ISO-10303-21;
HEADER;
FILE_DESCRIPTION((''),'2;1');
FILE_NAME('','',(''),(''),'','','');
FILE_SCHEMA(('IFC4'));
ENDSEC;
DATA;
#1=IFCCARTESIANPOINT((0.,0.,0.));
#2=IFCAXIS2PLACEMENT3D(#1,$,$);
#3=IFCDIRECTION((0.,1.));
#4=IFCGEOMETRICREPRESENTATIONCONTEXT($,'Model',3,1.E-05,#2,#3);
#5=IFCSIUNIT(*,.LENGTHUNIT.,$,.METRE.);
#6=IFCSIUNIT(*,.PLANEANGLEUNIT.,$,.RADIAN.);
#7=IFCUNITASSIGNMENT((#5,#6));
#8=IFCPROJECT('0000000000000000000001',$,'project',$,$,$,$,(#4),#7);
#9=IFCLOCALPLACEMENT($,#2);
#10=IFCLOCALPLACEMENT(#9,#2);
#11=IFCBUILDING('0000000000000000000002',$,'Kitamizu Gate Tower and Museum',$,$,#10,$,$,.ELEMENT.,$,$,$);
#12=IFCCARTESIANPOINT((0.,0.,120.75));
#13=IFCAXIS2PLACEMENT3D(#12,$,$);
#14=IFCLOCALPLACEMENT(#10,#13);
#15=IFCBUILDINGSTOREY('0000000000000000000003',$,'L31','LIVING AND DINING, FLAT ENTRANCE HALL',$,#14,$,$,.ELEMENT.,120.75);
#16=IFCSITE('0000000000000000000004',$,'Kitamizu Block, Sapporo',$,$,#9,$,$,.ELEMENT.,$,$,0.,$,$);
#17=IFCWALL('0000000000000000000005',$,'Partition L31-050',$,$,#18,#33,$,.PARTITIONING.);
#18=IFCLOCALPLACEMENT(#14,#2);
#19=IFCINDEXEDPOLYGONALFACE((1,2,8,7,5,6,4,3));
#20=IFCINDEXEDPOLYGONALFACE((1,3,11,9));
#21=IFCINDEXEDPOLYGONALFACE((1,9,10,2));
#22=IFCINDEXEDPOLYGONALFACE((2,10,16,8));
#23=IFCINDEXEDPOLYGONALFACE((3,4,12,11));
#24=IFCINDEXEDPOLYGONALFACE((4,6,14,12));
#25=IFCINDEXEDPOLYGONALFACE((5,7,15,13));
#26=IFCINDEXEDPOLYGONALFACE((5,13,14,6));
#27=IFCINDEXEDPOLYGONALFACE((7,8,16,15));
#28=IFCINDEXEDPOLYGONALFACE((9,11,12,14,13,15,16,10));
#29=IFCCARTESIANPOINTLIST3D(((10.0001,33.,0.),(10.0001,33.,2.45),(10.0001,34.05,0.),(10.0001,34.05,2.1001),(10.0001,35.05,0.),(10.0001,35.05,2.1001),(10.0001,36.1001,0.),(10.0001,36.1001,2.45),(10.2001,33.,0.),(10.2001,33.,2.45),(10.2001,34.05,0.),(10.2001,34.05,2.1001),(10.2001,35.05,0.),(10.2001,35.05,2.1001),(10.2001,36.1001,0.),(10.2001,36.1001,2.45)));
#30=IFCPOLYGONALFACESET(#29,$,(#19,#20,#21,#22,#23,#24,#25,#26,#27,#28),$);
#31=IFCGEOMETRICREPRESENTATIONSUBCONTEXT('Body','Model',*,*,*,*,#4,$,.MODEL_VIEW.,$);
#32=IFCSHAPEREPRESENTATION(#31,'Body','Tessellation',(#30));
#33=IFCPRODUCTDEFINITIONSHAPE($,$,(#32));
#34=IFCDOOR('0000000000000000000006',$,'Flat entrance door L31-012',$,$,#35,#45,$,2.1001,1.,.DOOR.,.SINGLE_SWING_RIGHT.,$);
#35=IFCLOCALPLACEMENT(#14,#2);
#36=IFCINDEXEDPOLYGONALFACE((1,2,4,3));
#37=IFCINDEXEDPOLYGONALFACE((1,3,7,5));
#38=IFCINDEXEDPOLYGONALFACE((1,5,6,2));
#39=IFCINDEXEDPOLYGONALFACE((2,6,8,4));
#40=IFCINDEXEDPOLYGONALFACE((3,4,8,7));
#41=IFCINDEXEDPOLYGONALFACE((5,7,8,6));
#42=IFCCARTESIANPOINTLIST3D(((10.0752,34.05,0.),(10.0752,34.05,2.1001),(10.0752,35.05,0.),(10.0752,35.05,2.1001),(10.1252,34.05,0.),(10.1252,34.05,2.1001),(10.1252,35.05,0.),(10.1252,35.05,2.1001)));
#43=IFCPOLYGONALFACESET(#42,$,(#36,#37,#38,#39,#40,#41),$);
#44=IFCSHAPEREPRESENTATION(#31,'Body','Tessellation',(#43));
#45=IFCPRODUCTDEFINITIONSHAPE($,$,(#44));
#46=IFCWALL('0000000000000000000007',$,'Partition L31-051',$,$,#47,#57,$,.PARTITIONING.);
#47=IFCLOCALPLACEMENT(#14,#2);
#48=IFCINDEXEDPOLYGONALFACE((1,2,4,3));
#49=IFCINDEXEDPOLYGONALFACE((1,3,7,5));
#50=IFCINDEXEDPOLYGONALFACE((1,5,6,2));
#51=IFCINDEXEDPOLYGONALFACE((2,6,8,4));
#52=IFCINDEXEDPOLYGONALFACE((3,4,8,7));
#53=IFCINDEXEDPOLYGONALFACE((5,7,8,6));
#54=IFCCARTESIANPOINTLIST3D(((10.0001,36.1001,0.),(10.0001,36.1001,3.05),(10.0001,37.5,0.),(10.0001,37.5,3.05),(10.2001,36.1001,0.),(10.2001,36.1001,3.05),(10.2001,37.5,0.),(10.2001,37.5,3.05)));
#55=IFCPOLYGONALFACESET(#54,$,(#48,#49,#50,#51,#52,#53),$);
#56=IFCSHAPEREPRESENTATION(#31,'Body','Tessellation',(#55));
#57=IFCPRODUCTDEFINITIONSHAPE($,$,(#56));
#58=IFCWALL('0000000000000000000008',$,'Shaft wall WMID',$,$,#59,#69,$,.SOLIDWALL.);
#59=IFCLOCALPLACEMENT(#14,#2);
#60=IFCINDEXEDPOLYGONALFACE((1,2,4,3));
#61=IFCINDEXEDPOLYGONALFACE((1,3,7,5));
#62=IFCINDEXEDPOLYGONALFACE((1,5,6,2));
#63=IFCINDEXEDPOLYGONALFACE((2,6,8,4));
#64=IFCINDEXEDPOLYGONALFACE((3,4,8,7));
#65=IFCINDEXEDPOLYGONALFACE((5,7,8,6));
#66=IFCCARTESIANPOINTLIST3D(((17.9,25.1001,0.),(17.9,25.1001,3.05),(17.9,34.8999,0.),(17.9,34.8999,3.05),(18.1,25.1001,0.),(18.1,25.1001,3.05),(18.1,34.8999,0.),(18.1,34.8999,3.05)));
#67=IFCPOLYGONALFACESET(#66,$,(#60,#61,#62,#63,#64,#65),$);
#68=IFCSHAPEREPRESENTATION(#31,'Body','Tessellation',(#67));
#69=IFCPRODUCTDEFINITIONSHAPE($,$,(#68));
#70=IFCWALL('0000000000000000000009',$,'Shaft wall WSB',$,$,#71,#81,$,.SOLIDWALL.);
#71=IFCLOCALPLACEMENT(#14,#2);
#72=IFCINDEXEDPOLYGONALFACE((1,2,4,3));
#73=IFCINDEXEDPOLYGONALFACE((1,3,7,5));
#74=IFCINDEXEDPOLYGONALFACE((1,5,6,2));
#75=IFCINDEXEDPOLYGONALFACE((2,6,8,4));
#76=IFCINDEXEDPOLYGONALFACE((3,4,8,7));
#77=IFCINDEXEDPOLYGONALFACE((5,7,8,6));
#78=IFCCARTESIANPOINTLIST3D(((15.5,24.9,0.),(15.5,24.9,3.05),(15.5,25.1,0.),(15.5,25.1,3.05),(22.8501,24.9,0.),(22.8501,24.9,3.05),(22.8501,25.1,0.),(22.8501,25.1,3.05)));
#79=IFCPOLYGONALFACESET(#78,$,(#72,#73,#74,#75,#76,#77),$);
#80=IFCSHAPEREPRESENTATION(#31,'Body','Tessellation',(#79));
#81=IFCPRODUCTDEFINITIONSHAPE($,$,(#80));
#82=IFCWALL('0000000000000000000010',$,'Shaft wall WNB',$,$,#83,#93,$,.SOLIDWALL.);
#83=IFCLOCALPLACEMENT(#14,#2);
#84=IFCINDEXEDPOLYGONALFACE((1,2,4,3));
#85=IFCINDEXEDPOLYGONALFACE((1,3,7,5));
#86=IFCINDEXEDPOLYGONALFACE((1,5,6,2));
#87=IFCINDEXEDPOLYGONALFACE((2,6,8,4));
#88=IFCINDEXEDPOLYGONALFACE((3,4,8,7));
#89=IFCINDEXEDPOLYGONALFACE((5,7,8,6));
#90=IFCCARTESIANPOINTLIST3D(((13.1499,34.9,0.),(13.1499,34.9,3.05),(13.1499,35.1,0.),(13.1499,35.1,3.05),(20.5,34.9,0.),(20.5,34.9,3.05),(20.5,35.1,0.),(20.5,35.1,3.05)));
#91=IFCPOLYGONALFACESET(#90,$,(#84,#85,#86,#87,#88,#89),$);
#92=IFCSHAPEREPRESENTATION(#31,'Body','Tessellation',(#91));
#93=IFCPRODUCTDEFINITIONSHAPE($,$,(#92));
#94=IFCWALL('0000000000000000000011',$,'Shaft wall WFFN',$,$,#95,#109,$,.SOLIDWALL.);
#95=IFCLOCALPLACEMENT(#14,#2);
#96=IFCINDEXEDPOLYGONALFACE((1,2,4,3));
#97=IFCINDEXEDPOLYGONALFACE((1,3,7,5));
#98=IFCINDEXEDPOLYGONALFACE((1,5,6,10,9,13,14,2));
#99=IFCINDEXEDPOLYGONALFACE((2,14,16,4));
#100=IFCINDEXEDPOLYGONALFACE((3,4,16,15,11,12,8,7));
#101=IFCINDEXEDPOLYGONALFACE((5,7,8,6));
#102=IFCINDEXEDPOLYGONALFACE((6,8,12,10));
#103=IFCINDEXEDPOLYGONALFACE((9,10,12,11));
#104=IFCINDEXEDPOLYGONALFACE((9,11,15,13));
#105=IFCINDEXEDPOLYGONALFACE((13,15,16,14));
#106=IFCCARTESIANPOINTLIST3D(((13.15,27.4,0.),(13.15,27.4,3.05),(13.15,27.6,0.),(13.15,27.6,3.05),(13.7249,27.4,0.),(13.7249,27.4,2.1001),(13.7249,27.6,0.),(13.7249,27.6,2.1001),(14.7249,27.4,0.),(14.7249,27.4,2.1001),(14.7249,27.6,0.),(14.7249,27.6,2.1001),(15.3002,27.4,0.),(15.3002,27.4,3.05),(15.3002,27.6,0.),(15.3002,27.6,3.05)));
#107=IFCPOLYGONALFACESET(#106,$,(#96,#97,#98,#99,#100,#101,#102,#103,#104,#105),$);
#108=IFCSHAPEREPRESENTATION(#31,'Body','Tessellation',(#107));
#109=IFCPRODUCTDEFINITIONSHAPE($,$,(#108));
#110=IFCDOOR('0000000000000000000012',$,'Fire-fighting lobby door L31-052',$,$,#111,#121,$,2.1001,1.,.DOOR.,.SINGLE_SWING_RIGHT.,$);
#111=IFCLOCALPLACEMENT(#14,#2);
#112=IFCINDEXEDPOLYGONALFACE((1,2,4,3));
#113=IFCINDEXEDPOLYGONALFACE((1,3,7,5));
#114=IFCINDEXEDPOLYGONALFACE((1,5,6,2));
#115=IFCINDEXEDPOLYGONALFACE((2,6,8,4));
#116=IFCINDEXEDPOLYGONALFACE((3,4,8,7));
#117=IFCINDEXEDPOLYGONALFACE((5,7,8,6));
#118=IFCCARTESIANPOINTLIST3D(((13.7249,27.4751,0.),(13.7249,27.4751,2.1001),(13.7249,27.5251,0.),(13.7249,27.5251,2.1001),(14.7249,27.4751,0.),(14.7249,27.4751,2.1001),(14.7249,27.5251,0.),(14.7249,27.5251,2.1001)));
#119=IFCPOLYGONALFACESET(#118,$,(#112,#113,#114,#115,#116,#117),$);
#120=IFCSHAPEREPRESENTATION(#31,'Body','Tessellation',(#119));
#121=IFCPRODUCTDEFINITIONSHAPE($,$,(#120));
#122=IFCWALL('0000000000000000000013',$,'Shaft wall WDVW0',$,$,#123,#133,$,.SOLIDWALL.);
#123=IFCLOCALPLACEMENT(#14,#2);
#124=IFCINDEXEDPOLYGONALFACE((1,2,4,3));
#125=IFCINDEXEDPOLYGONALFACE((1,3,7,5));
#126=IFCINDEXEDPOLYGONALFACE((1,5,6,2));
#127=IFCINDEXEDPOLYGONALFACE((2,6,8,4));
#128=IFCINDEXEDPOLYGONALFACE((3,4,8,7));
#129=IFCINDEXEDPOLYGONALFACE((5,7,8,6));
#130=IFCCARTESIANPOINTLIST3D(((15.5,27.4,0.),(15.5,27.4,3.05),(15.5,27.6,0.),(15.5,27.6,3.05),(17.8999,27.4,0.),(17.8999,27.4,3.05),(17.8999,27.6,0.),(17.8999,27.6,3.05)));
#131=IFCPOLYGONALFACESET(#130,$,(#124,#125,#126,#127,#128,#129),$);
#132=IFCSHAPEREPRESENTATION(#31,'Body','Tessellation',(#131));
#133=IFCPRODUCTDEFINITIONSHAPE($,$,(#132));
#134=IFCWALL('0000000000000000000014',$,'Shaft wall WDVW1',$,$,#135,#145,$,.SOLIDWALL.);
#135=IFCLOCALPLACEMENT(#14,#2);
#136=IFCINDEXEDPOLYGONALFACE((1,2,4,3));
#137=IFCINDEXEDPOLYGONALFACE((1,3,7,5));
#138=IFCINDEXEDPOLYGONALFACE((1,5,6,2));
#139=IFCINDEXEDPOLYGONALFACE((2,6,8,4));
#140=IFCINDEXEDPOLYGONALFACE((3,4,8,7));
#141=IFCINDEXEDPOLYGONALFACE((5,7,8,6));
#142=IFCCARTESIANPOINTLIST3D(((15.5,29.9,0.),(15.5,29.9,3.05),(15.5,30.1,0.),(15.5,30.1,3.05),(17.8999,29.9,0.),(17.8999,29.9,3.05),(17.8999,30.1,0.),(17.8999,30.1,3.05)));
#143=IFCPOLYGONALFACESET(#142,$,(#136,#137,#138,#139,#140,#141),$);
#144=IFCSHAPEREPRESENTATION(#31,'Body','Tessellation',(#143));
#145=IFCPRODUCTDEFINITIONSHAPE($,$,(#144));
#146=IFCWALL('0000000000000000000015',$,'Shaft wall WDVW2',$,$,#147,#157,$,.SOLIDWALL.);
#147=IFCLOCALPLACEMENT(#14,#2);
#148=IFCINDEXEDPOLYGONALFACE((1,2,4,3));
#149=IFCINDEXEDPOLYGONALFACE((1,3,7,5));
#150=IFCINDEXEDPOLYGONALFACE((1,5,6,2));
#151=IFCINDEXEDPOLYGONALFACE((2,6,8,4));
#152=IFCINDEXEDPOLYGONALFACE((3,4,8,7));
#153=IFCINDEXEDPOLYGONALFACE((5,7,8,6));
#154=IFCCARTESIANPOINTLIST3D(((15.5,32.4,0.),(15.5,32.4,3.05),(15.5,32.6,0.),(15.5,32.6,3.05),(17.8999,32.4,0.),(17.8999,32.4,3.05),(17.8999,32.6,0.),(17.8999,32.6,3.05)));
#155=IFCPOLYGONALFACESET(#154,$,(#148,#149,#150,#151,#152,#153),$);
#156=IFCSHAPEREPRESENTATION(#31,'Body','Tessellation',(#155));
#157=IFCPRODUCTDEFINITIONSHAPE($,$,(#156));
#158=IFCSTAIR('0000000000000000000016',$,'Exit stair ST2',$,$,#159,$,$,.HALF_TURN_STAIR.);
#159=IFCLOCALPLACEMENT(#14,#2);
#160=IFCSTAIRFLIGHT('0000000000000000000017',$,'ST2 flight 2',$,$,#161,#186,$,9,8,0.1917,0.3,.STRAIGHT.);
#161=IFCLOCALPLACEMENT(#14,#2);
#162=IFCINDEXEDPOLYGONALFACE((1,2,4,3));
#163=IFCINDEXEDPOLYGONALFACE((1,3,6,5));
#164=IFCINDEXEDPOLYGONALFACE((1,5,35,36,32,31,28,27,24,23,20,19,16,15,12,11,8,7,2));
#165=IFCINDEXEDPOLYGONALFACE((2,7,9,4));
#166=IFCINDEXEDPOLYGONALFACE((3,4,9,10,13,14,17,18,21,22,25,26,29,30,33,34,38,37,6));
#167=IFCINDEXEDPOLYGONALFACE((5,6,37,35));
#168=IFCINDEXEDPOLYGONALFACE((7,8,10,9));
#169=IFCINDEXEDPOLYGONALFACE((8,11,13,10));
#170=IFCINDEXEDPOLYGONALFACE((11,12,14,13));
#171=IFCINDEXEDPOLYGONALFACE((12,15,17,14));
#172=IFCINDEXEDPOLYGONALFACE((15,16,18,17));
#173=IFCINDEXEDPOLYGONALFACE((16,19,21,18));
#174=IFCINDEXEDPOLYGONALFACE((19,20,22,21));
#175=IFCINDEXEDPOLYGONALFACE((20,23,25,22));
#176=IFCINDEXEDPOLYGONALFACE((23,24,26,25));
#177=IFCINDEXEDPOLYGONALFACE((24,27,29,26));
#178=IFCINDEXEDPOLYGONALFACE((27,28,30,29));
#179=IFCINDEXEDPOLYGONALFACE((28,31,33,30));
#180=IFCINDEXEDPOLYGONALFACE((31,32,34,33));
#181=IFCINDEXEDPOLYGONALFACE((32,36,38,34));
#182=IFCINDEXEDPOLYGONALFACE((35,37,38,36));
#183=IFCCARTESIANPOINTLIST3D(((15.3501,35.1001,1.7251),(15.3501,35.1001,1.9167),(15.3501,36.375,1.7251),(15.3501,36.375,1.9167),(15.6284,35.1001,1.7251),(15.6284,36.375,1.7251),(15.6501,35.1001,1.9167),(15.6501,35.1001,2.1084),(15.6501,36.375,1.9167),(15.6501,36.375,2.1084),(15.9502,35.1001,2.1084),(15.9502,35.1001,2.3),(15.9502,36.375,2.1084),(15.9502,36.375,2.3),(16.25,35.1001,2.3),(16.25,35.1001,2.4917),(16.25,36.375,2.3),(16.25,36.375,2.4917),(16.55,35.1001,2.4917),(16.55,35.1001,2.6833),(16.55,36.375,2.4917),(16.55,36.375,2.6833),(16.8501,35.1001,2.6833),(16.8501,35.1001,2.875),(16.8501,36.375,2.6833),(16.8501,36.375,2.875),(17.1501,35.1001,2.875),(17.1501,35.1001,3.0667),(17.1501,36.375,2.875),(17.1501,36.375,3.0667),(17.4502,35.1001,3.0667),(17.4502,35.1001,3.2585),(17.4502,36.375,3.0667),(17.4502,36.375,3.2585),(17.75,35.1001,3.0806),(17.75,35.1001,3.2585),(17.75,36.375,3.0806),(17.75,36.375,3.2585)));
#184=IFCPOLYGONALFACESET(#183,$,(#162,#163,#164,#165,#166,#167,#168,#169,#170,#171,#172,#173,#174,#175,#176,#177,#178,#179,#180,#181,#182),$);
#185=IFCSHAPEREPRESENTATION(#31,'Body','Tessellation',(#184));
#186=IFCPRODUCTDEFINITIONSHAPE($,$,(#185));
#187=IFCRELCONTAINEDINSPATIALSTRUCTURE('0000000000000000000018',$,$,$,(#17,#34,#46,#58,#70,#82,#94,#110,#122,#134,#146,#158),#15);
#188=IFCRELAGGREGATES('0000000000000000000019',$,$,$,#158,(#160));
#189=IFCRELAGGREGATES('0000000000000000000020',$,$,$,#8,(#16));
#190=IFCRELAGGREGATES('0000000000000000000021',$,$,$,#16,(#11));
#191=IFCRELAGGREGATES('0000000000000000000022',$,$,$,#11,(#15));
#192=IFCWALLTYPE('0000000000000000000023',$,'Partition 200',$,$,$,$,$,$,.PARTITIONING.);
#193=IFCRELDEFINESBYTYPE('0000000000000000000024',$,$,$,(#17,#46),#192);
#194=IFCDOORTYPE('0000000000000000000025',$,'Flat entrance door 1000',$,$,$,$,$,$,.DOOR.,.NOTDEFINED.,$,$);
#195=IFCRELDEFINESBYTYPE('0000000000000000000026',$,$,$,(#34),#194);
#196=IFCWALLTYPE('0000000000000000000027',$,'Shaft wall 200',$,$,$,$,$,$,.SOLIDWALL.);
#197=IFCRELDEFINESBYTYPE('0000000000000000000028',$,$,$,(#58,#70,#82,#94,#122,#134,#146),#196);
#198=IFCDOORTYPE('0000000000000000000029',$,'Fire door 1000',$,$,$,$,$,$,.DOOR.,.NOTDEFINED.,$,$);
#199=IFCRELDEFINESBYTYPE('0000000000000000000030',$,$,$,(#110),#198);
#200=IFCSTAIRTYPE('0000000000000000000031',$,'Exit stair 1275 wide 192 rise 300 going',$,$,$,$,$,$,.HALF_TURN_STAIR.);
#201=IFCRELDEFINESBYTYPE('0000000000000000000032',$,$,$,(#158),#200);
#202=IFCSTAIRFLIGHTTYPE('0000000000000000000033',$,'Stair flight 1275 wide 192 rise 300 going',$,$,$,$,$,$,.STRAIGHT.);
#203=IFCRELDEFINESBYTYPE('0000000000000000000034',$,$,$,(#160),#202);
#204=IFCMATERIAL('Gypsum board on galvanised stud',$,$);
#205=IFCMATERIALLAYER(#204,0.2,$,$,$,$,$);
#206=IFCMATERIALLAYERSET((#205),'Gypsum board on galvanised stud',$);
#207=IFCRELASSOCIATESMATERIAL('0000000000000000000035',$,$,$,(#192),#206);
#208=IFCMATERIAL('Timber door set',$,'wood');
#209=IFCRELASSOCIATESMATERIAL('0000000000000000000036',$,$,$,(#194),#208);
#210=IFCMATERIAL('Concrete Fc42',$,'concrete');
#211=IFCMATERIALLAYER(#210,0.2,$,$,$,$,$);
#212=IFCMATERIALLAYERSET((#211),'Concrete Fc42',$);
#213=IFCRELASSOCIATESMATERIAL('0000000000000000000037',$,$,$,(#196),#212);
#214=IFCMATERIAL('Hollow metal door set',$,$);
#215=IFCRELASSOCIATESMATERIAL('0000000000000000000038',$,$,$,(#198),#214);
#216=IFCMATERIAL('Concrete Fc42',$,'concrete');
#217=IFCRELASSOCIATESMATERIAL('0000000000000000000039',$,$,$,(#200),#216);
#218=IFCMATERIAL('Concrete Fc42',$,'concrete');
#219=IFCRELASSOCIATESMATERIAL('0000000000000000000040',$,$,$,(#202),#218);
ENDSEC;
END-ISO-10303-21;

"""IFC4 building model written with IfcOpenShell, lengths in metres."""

from ifc_helpers import new_model, si_unit, direction, frame, frame_2d, origin, place, context, subcontext, project, spatial, polyline, rectangle, outline, extrude, material, layer, layer_set, type_object, element, fill, aggregate, save


model = new_model("IFC4")

# Units and contexts
model_context = context("Model", 3, precision=1e-05, world=origin(), true_north=direction((0.0, 1.0)))
body_context = subcontext(model_context, "Body", "Model", "MODEL_VIEW")
ifc_project = project(units=[si_unit("LENGTHUNIT", "METRE"), si_unit("PLANEANGLEUNIT", "RADIAN")], contexts=[model_context])

# Site, building, storey
site_placement = place(None, origin())
site = spatial("IfcSite", under=ifc_project, at=site_placement, Name="Kitamizu Block, Sapporo", CompositionType="ELEMENT", RefElevation=0.0)
building_placement = place(site_placement, origin())
building = spatial("IfcBuilding", under=site, at=building_placement, Name="Kitamizu Gate Tower and Museum", CompositionType="ELEMENT")
storey_placement = place(building_placement, frame((0.0, 0.0, 120.75)))
storey = spatial("IfcBuildingStorey", under=building, at=storey_placement, Name="L31", Description="LIVING AND DINING, FLAT ENTRANCE HALL", CompositionType="ELEMENT", Elevation=120.75)

# Wall, opening, door
ifc_material_1 = material(Name="Gypsum board on galvanised stud")
ifc_layer_1 = layer(ifc_material_1, 0.2)
ifc_layer_set_1 = layer_set([ifc_layer_1], Name="Gypsum board on galvanised stud")
wall_type_1 = type_object("IfcWallType", Name="Partition 200", PredefinedType="PARTITIONING", material=ifc_layer_set_1)
wall_1_placement = place(storey_placement, frame((10.1001, 33.0, 0.0), z_axis=(0.0, 0.0, 1.0), x_axis=(0.0, 1.0, 0.0)))
wall_1 = element("IfcWall", 1, at=wall_1_placement, inside=storey, type_object=wall_type_1, Name="Partition L31-050", PredefinedType="PARTITIONING", context=body_context, shape_type="SweptSolid", body=[
    extrude(rectangle(XDim=3.1001, YDim=0.2, at=frame_2d((1.55, 0.0))), origin(), (0.0, 0.0, 1.0), 2.45),
])
opening_1_placement = place(wall_1_placement, frame((1.05, 0.0, 0.0)))
opening_1 = element("IfcOpeningElement", 2, at=opening_1_placement, cuts=wall_1, PredefinedType="OPENING", context=body_context, shape_type="SweptSolid", body=[
    extrude(rectangle(XDim=1.0, YDim=2.1001, at=frame_2d((0.5, 1.05))), frame((0.0, 0.1099, 0.0), z_axis=(0.0, -1.0, 0.0), x_axis=(1.0, 0.0, 0.0)), (0.0, 0.0, 1.0), 0.22),
])
ifc_material_2 = material(Name="Timber door set", Category="wood")
door_type_1 = type_object("IfcDoorType", Name="Flat entrance door 1000", OperationType="NOTDEFINED", PredefinedType="DOOR", material=ifc_material_2)
door_1_placement = place(opening_1_placement, origin())
door_1 = element("IfcDoor", 3, at=door_1_placement, inside=storey, type_object=door_type_1, Name="Flat entrance door L31-012", OperationType="SINGLE_SWING_RIGHT", OverallHeight=2.1001, OverallWidth=1.0, PredefinedType="DOOR", context=body_context, shape_type="SweptSolid", body=[
    extrude(rectangle(XDim=1.0, YDim=2.1001, at=frame_2d((0.5, 1.05))), frame((0.0, 0.0249, 0.0), z_axis=(0.0, -1.0, 0.0), x_axis=(1.0, 0.0, 0.0)), (0.0, 0.0, 1.0), 0.05),
])
fill(opening_1, door_1)

# Walls
wall_2_placement = place(storey_placement, frame((10.1001, 36.1001, 0.0), z_axis=(0.0, 0.0, 1.0), x_axis=(0.0, 1.0, 0.0)))
element("IfcWall", 4, at=wall_2_placement, inside=storey, type_object=wall_type_1, Name="Partition L31-051", PredefinedType="PARTITIONING", context=body_context, shape_type="SweptSolid", body=[
    extrude(rectangle(XDim=1.3999, YDim=0.2, at=frame_2d((0.7, 0.0))), origin(), (0.0, 0.0, 1.0), 3.05),
])
ifc_material_3 = material(Name="Concrete Fc42", Category="concrete")
ifc_layer_2 = layer(ifc_material_3, 0.2)
ifc_layer_set_2 = layer_set([ifc_layer_2], Name="Concrete Fc42")
wall_type_2 = type_object("IfcWallType", Name="Shaft wall 200", PredefinedType="SOLIDWALL", material=ifc_layer_set_2)
wall_3_placement = place(storey_placement, frame((18.0, 25.1001, 0.0), z_axis=(0.0, 0.0, 1.0), x_axis=(0.0, 1.0, 0.0)))
element("IfcWall", 5, at=wall_3_placement, inside=storey, type_object=wall_type_2, Name="Shaft wall WMID", PredefinedType="SOLIDWALL", context=body_context, shape_type="SweptSolid", body=[
    extrude(rectangle(XDim=9.7998, YDim=0.2, at=frame_2d((4.8999, 0.0))), origin(), (0.0, 0.0, 1.0), 3.05),
])
for number, where, z_axis, x_axis, name in (
    (6, (15.5, 25.0, 0.0), (0.0, 0.0, 1.0), (1.0, 0.0, 0.0), "Shaft wall WSB"),
    (7, (13.1499, 35.0, 0.0), (0.0, 0.0, 1.0), (1.0, 0.0, 0.0), "Shaft wall WNB"),
):
    element("IfcWall", number, at=place(storey_placement, frame(where, z_axis=z_axis, x_axis=x_axis)), inside=storey, type_object=wall_type_2, Name=name, PredefinedType="SOLIDWALL", context=body_context, shape_type="SweptSolid", body=[
        extrude(rectangle(XDim=7.3501, YDim=0.2, at=frame_2d((3.675, 0.0))), origin(), (0.0, 0.0, 1.0), 3.05),
    ])

# Wall, opening, door
wall_4_placement = place(storey_placement, frame((13.1499, 27.5, 0.0), z_axis=(0.0, 0.0, 1.0), x_axis=(1.0, 0.0, 0.0)))
wall_4 = element("IfcWall", 8, at=wall_4_placement, inside=storey, type_object=wall_type_2, Name="Shaft wall WFFN", PredefinedType="SOLIDWALL", context=body_context, shape_type="SweptSolid", body=[
    extrude(rectangle(XDim=2.1501, YDim=0.2, at=frame_2d((1.0752, 0.0))), origin(), (0.0, 0.0, 1.0), 3.05),
])
opening_2_placement = place(wall_4_placement, frame((0.575, 0.0, 0.0)))
opening_2 = element("IfcOpeningElement", 9, at=opening_2_placement, cuts=wall_4, PredefinedType="OPENING", context=body_context, shape_type="SweptSolid", body=[
    extrude(rectangle(XDim=1.0, YDim=2.1001, at=frame_2d((0.5, 1.05))), frame((0.0, 0.1099, 0.0), z_axis=(0.0, -1.0, 0.0), x_axis=(1.0, 0.0, 0.0)), (0.0, 0.0, 1.0), 0.22),
])
ifc_material_4 = material(Name="Hollow metal door set")
door_type_2 = type_object("IfcDoorType", Name="Fire door 1000", OperationType="NOTDEFINED", PredefinedType="DOOR", material=ifc_material_4)
door_2_placement = place(opening_2_placement, frame((1.0, 0.0, 0.0), x_axis=(-1.0, 0.0, 0.0)))
door_2 = element("IfcDoor", 10, at=door_2_placement, inside=storey, type_object=door_type_2, Name="Fire-fighting lobby door L31-052", OperationType="SINGLE_SWING_RIGHT", OverallHeight=2.1001, OverallWidth=1.0, PredefinedType="DOOR", context=body_context, shape_type="SweptSolid", body=[
    extrude(rectangle(XDim=1.0, YDim=2.1001, at=frame_2d((0.5, 1.05))), frame((0.0, 0.0249, 0.0), z_axis=(0.0, -1.0, 0.0), x_axis=(1.0, 0.0, 0.0)), (0.0, 0.0, 1.0), 0.05),
])
fill(opening_2, door_2)

# Walls
for number, where, z_axis, x_axis, name in (
    (11, (15.5, 27.5, 0.0), (0.0, 0.0, 1.0), (1.0, 0.0, 0.0), "Shaft wall WDVW0"),
    (12, (15.5, 30.0, 0.0), (0.0, 0.0, 1.0), (1.0, 0.0, 0.0), "Shaft wall WDVW1"),
    (13, (15.5, 32.5, 0.0), (0.0, 0.0, 1.0), (1.0, 0.0, 0.0), "Shaft wall WDVW2"),
):
    element("IfcWall", number, at=place(storey_placement, frame(where, z_axis=z_axis, x_axis=x_axis)), inside=storey, type_object=wall_type_2, Name=name, PredefinedType="SOLIDWALL", context=body_context, shape_type="SweptSolid", body=[
        extrude(rectangle(XDim=2.3999, YDim=0.2, at=frame_2d((1.2, 0.0))), origin(), (0.0, 0.0, 1.0), 3.05),
    ])

# Stair, stair flight
ifc_material_5 = material(Name="Concrete Fc42", Category="concrete")
stair_type = type_object("IfcStairType", Name="Exit stair 1275 wide 192 rise 300 going", PredefinedType="HALF_TURN_STAIR", material=ifc_material_5)
stair_placement = place(storey_placement, origin())
stair = element("IfcStair", 14, at=stair_placement, inside=storey, type_object=stair_type, Name="Exit stair ST2", PredefinedType="HALF_TURN_STAIR")
ifc_material_6 = material(Name="Concrete Fc42", Category="concrete")
stair_flight_type = type_object("IfcStairFlightType", Name="Stair flight 1275 wide 192 rise 300 going", PredefinedType="STRAIGHT", material=ifc_material_6)
stair_flight_placement = place(storey_placement, frame((15.3501, 35.7375, 1.7251), z_axis=(0.0, 0.0, 1.0), x_axis=(1.0, 0.0, 0.0)))
stair_flight = element("IfcStairFlight", 15, at=stair_flight_placement, type_object=stair_flight_type, Name="ST2 flight 2", NumberOfRisers=9, NumberOfTreads=8, PredefinedType="STRAIGHT", RiserHeight=0.1917, TreadLength=0.3, context=body_context, shape_type="SweptSolid", body=[
    extrude(outline(polyline([(0.0, 0.0), (0.0, 0.1917), (0.3, 0.1917), (0.3, 0.3833), (0.6001, 0.3833), (0.6001, 0.575), (0.8999, 0.575), (0.8999, 0.7666), (1.2, 0.7666), (1.2, 0.9583), (1.5, 0.9583), (1.5, 1.1499), (1.8, 1.1499), (1.8, 1.3416), (2.1001, 1.3416), (2.1001, 1.5334), (2.3999, 1.5334), (2.3999, 1.7251), (2.3999, 1.3555), (0.2783, 0.0), (0.0, 0.0)])), frame((0.0, 0.6375, 0.0), z_axis=(0.0, -1.0, 0.0), x_axis=(1.0, 0.0, 0.0)), (0.0, 0.0, 1.0), 1.2749),
])
aggregate(stair, [stair_flight])

save(model, "model.ifc")
